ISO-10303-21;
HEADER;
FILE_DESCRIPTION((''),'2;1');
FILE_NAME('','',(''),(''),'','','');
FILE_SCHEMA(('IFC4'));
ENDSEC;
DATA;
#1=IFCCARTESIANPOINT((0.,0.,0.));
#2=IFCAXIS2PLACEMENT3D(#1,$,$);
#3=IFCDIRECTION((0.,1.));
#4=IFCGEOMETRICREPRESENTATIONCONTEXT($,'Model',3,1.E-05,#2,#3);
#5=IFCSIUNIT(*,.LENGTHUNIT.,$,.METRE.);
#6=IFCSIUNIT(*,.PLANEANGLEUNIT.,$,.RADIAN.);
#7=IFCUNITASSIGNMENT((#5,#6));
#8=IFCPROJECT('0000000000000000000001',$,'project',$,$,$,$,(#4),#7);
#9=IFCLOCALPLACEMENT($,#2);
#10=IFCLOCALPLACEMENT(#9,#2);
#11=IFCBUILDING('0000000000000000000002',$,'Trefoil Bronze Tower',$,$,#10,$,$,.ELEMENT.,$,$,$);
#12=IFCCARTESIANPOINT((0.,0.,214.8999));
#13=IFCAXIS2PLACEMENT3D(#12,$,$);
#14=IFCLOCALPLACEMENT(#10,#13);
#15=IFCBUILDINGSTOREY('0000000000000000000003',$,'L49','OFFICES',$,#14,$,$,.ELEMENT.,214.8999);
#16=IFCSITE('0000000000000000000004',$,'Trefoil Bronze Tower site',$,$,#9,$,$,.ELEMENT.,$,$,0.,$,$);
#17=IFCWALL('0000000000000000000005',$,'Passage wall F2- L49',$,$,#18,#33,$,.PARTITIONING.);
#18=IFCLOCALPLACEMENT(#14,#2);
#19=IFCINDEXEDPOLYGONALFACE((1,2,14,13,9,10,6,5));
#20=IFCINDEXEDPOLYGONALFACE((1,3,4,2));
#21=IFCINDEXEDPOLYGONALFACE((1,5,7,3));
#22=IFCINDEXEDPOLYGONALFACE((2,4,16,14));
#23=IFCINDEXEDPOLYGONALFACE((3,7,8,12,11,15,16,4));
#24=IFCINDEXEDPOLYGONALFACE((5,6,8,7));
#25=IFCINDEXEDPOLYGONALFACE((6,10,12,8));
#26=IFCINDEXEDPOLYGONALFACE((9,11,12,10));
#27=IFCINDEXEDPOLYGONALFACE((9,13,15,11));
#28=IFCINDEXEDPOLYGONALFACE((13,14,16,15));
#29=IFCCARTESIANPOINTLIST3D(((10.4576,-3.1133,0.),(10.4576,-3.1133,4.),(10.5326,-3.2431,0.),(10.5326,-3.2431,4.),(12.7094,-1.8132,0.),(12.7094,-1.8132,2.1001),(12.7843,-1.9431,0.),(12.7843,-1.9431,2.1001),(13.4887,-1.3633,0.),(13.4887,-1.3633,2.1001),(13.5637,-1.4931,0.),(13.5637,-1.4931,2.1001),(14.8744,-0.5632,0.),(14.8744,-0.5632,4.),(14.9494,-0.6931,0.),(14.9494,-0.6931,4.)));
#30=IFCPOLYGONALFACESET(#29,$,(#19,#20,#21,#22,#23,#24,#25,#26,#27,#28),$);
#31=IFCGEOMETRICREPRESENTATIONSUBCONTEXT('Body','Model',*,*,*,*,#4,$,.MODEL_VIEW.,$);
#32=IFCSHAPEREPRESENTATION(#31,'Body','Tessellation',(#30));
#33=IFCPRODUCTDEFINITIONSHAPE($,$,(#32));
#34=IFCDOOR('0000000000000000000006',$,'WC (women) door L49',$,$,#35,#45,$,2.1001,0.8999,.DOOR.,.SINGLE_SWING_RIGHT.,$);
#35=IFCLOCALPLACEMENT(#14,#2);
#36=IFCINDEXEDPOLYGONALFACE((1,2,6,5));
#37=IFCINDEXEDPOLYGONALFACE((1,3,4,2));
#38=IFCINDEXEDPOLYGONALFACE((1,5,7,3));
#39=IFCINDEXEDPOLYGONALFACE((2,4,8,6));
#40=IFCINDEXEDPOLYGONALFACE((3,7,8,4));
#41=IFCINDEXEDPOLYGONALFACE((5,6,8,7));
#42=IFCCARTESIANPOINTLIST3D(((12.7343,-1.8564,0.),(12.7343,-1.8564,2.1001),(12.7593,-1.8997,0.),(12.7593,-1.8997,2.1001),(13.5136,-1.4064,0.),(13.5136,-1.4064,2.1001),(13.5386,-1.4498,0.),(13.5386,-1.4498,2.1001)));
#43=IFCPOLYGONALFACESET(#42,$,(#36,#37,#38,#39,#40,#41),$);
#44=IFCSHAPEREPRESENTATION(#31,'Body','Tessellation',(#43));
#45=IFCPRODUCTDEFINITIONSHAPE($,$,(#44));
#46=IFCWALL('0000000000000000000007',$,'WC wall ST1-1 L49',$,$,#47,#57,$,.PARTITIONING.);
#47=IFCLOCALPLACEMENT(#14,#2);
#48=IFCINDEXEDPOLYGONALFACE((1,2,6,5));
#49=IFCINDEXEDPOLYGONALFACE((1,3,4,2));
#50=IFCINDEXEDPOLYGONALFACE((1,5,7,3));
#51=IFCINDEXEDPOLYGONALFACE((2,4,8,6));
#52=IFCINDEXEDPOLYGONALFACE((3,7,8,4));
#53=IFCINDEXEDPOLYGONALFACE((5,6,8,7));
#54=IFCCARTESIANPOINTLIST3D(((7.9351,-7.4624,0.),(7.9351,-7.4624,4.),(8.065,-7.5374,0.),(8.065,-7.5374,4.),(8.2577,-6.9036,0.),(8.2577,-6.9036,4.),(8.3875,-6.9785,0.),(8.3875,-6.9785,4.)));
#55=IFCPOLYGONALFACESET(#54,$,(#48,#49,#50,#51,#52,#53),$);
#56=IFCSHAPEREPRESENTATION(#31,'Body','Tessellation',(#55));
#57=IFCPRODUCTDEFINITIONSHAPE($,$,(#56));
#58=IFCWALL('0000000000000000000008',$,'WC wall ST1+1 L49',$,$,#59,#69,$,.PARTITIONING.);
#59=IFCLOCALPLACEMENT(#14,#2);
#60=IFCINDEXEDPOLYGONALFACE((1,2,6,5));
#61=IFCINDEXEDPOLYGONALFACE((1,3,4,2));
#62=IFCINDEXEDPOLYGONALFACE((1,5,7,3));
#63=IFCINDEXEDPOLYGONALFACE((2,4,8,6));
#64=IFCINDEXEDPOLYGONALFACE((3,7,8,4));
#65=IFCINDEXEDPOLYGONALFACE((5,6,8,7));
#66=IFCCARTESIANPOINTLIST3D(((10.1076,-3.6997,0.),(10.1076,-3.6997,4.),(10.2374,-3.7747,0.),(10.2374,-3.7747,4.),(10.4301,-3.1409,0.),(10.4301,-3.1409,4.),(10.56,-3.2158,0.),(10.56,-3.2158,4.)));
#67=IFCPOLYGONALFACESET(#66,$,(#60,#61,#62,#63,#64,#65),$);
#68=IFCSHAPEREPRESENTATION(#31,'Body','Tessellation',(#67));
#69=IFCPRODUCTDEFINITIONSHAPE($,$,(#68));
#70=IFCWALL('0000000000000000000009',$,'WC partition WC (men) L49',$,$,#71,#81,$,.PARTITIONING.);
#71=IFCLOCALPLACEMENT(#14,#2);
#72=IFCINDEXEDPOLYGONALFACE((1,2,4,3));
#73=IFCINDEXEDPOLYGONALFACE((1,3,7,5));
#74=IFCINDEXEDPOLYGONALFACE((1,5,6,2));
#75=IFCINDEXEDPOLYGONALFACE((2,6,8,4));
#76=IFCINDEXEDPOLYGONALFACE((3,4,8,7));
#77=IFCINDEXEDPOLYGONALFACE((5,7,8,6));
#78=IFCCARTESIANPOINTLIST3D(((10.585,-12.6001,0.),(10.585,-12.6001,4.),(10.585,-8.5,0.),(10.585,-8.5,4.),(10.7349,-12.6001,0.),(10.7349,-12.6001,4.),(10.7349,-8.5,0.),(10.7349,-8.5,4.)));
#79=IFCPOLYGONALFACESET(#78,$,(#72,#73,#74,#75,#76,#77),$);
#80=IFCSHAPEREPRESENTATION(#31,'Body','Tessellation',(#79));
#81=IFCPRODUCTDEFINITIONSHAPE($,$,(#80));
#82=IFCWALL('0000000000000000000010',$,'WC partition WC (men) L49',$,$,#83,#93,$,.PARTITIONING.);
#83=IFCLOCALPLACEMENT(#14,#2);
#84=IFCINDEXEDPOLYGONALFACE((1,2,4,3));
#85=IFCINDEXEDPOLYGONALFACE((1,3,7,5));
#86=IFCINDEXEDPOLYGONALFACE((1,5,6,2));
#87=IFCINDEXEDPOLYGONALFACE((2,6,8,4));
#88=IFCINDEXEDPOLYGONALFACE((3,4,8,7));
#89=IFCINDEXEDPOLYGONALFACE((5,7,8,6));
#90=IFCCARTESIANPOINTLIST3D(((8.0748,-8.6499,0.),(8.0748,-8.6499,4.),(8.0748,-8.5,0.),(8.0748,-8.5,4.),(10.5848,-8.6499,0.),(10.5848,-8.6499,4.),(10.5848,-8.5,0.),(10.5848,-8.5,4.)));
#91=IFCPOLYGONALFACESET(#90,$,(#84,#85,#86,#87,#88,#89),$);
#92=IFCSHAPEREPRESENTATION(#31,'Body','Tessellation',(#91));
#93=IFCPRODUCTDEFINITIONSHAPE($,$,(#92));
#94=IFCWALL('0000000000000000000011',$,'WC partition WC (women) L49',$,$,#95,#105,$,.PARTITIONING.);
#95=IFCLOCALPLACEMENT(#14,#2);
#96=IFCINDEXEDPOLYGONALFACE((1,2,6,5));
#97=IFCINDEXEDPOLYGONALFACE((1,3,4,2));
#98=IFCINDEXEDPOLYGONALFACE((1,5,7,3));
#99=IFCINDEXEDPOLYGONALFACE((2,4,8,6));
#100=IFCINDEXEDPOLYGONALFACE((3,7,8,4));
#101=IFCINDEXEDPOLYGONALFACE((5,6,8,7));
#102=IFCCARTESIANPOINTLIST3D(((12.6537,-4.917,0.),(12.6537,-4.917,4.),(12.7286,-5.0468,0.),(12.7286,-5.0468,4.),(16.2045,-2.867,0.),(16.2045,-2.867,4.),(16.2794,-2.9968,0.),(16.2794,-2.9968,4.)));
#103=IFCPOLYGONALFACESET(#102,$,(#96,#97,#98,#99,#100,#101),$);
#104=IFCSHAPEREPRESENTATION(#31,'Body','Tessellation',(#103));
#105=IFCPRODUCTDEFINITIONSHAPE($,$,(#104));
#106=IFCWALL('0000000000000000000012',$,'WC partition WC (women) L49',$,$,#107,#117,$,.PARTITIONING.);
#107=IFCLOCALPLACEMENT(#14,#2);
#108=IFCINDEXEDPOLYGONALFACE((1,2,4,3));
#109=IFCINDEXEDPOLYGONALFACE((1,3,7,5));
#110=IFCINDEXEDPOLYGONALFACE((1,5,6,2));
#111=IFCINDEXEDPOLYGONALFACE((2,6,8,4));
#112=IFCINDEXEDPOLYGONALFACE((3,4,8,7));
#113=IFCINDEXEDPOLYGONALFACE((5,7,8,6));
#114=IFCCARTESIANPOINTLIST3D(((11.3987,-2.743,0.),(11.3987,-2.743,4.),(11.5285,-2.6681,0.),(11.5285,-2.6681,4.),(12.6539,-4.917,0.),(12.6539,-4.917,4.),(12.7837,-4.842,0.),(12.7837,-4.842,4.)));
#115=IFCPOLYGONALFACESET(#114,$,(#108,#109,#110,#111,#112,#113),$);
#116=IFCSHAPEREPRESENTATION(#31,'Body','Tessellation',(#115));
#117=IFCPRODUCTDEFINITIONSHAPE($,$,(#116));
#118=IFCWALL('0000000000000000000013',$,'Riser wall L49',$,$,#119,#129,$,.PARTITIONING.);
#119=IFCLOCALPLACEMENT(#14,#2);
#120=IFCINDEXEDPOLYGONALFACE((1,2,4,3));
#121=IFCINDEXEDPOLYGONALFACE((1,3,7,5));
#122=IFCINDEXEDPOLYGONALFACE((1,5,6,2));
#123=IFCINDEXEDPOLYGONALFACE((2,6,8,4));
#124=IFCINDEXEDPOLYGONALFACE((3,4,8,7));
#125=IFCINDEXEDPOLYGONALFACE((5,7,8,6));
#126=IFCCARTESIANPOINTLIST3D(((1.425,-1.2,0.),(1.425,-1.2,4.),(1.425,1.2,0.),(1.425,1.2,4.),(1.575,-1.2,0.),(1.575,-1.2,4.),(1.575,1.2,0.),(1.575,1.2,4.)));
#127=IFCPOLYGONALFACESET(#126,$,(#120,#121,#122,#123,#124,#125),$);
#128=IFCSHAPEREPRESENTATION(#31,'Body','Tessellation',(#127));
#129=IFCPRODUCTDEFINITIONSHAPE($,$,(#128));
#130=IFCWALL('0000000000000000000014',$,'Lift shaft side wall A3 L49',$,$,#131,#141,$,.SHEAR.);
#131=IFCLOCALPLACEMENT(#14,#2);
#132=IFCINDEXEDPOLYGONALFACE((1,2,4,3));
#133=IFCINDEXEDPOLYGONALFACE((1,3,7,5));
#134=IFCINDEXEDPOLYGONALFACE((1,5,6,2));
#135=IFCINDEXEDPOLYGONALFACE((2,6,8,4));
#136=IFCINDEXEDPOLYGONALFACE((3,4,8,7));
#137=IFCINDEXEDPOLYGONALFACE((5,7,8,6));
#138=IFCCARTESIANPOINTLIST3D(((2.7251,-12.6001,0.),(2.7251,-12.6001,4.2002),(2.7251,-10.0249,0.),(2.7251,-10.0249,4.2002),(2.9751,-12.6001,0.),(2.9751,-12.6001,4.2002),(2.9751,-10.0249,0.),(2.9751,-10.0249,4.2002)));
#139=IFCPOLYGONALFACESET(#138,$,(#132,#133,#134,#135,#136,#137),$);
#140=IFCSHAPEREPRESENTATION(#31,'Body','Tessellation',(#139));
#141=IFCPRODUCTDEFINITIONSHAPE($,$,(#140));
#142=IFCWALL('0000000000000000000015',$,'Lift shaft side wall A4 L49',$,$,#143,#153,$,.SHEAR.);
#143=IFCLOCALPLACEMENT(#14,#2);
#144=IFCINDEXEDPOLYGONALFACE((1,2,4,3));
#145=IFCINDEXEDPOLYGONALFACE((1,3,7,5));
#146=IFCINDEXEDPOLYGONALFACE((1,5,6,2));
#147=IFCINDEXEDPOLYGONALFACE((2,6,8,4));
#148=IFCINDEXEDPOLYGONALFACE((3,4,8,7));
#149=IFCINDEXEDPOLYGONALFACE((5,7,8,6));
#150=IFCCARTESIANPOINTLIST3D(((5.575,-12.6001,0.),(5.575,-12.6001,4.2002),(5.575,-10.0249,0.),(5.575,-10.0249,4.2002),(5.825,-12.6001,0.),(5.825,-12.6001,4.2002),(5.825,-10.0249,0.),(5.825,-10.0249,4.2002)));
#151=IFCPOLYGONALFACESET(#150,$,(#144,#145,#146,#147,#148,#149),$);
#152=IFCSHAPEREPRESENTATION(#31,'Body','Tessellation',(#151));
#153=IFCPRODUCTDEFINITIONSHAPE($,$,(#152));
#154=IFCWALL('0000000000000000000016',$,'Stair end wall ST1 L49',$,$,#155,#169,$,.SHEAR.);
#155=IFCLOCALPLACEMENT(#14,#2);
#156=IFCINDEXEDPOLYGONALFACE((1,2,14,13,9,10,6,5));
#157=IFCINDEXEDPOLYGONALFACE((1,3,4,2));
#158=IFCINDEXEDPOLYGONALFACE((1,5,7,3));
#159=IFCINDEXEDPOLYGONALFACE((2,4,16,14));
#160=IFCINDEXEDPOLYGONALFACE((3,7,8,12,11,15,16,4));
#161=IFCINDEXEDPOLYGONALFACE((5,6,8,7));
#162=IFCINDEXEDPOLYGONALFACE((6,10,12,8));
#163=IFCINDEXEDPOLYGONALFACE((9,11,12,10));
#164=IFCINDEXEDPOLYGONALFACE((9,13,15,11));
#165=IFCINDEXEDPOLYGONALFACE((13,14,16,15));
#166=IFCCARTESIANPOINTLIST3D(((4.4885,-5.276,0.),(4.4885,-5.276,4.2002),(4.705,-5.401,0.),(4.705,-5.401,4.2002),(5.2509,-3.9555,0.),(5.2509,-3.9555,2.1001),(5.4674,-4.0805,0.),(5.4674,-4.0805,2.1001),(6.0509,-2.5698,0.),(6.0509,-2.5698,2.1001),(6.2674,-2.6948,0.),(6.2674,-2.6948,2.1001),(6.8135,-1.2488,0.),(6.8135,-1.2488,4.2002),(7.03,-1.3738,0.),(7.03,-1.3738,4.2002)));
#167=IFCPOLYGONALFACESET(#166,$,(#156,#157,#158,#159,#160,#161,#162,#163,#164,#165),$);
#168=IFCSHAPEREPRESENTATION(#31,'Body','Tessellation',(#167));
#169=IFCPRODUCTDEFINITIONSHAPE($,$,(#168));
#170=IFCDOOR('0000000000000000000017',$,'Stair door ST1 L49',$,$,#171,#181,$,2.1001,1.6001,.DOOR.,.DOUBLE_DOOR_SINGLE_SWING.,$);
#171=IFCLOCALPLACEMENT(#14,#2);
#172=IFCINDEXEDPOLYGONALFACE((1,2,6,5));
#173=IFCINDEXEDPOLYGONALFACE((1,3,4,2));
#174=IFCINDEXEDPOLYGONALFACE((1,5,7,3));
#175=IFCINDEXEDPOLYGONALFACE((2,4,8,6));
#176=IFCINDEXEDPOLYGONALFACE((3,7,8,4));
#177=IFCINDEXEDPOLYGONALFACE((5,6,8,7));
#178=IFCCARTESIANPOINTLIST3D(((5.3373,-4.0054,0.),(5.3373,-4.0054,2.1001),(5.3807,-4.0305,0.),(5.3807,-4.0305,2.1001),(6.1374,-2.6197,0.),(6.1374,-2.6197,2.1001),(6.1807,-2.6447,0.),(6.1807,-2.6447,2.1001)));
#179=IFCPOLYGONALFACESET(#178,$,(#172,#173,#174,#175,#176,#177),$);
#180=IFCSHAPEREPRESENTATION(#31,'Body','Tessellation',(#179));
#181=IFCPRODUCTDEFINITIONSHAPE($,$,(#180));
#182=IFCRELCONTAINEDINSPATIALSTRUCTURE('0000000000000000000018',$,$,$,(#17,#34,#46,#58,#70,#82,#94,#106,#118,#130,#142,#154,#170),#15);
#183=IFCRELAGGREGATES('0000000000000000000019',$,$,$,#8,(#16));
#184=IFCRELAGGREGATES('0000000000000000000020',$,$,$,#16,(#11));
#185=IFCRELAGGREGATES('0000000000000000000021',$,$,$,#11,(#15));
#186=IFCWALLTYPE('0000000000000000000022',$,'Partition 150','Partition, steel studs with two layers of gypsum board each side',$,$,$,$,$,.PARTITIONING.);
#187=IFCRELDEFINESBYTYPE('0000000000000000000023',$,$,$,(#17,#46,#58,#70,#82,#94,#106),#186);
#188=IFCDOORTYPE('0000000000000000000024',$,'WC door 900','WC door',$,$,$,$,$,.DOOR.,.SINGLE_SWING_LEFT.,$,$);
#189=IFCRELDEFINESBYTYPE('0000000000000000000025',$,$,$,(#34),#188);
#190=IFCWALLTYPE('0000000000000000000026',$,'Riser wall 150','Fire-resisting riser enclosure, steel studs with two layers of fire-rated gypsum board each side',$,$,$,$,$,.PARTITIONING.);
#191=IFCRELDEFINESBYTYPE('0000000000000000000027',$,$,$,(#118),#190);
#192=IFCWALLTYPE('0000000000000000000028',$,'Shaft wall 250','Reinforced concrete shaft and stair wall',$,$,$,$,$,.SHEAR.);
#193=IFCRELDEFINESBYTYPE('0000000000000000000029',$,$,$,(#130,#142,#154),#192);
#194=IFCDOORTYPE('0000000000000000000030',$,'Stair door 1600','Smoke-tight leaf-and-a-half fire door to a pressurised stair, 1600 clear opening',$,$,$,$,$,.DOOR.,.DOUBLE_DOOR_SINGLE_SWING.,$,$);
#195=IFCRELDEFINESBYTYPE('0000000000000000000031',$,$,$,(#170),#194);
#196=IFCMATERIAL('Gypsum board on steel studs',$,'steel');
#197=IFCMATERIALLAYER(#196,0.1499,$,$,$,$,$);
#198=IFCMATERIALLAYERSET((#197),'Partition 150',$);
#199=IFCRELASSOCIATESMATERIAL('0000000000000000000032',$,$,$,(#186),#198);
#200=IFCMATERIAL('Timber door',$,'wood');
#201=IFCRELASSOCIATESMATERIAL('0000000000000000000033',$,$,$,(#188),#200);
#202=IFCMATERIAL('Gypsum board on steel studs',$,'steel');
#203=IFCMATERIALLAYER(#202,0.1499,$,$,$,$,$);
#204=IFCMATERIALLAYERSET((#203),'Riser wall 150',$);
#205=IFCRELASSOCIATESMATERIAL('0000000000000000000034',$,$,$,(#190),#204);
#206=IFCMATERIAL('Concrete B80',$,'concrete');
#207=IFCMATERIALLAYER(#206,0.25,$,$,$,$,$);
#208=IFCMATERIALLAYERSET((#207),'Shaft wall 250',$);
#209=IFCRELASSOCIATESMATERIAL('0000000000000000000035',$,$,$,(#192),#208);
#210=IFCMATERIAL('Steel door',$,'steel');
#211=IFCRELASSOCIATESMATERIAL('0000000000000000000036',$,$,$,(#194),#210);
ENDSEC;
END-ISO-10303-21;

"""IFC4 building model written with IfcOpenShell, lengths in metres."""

from ifc_helpers import new_model, si_unit, direction, frame, frame_2d, origin, place, context, subcontext, project, spatial, rectangle, extrude, material, layer, layer_set, type_object, element, fill, save


model = new_model("IFC4")

# Units and contexts
model_context = context("Model", 3, precision=1e-05, world=origin(), true_north=direction((0.0, 1.0)))
body_context = subcontext(model_context, "Body", "Model", "MODEL_VIEW")
ifc_project = project(units=[si_unit("LENGTHUNIT", "METRE"), si_unit("PLANEANGLEUNIT", "RADIAN")], contexts=[model_context])

# Site, building, storey
site_placement = place(None, origin())
site = spatial("IfcSite", under=ifc_project, at=site_placement, Name="Trefoil Bronze Tower site", CompositionType="ELEMENT", RefElevation=0.0)
building_placement = place(site_placement, origin())
building = spatial("IfcBuilding", under=site, at=building_placement, Name="Trefoil Bronze Tower", CompositionType="ELEMENT")
storey_placement = place(building_placement, frame((0.0, 0.0, 214.8999)))
storey = spatial("IfcBuildingStorey", under=building, at=storey_placement, Name="L49", Description="OFFICES", CompositionType="ELEMENT", Elevation=214.8999)

# Wall, opening, door
ifc_material_1 = material(Name="Gypsum board on steel studs", Category="steel")
ifc_layer_1 = layer(ifc_material_1, 0.1499)
ifc_layer_set_1 = layer_set([ifc_layer_1], Name="Partition 150")
wall_type_1 = type_object("IfcWallType", Name="Partition 150", Description="Partition, steel studs with two layers of gypsum board each side", PredefinedType="PARTITIONING", material=ifc_layer_set_1)
ifc_material_2 = material(Name="Timber door", Category="wood")
door_type_1 = type_object("IfcDoorType", Name="WC door 900", Description="WC door", OperationType="SINGLE_SWING_LEFT", PredefinedType="DOOR", material=ifc_material_2)
wall_1_placement = place(storey_placement, frame((10.4951, -3.1782, 0.0), z_axis=(0.0, 0.0, 1.0), x_axis=(0.866022, 0.500006, 0.0)))
wall_1 = element("IfcWall", 1, at=wall_1_placement, inside=storey, type_object=wall_type_1, Name="Passage wall F2- L49", PredefinedType="PARTITIONING", context=body_context, shape_type="SweptSolid", body=[
    extrude(rectangle(XDim=5.1001, YDim=0.1499, at=frame_2d((2.55, 0.0))), origin(), (0.0, 0.0, 1.0), 4.0),
])
opening_1_placement = place(wall_1_placement, frame((2.6001, 0.0, 0.0)))
opening_1 = element("IfcOpeningElement", 2, at=opening_1_placement, cuts=wall_1, PredefinedType="OPENING", context=body_context, shape_type="SweptSolid", body=[
    extrude(rectangle(XDim=0.8999, YDim=2.1001, at=frame_2d((0.45, 1.05))), frame((0.0, 0.085, 0.0), z_axis=(0.0, -1.0, 0.0), x_axis=(1.0, 0.0, 0.0)), (0.0, 0.0, 1.0), 0.1699),
])
door_1_placement = place(opening_1_placement, frame((0.8999, 0.0, 0.0), z_axis=(0.0, 0.0, 1.0), x_axis=(-1.0, 0.0, 0.0)))
door_1 = element("IfcDoor", 3, at=door_1_placement, inside=storey, type_object=door_type_1, Name="WC (women) door L49", OperationType="SINGLE_SWING_RIGHT", OverallHeight=2.1001, OverallWidth=0.8999, PredefinedType="DOOR", context=body_context, shape_type="SweptSolid", body=[
    extrude(rectangle(XDim=0.8999, YDim=2.1001, at=frame_2d((0.45, 1.05))), frame((0.0, 0.0249, 0.0), z_axis=(0.0, -1.0, 0.0), x_axis=(1.0, 0.0, 0.0)), (0.0, 0.0, 1.0), 0.05),
])
fill(opening_1, door_1)

# Walls
for number, where, z_axis, x_axis, name in (
    (4, (8.0, -7.5, 0.0), (0.0, 0.0, 1.0), (0.499843, 0.866116, 0.0), "WC wall ST1-1 L49"),
    (5, (10.4951, -3.1782, 0.0), (0.0, 0.0, 1.0), (-0.499843, -0.866116, 0.0), "WC wall ST1+1 L49"),
):
    element("IfcWall", number, at=place(storey_placement, frame(where, z_axis=z_axis, x_axis=x_axis)), inside=storey, type_object=wall_type_1, Name=name, PredefinedType="PARTITIONING", context=body_context, shape_type="SweptSolid", body=[
        extrude(rectangle(XDim=0.6453, YDim=0.1499, at=frame_2d((0.3228, 0.0))), origin(), (0.0, 0.0, 1.0), 4.0),
    ])
wall_2_placement = place(storey_placement, frame((10.6599, -8.5, 0.0), z_axis=(0.0, 0.0, 1.0), x_axis=(0.0, -1.0, 0.0)))
element("IfcWall", 6, at=wall_2_placement, inside=storey, type_object=wall_type_1, Name="WC partition WC (men) L49", PredefinedType="PARTITIONING", context=body_context, shape_type="SweptSolid", body=[
    extrude(rectangle(XDim=4.1001, YDim=0.1499, at=frame_2d((2.05, 0.0))), origin(), (0.0, 0.0, 1.0), 4.0),
])
wall_3_placement = place(storey_placement, frame((8.075, -8.575, 0.0), z_axis=(0.0, 0.0, 1.0), x_axis=(1.0, 0.0, 0.0)))
element("IfcWall", 7, at=wall_3_placement, inside=storey, type_object=wall_type_1, Name="WC partition WC (men) L49", PredefinedType="PARTITIONING", context=body_context, shape_type="SweptSolid", body=[
    extrude(rectangle(XDim=2.51, YDim=0.1499, at=frame_2d((1.2549, 0.0))), origin(), (0.0, 0.0, 1.0), 4.0),
])
wall_4_placement = place(storey_placement, frame((12.6912, -4.9819, 0.0), z_axis=(0.0, 0.0, 1.0), x_axis=(0.866025, 0.500001, 0.0)))
element("IfcWall", 8, at=wall_4_placement, inside=storey, type_object=wall_type_1, Name="WC partition WC (women) L49", PredefinedType="PARTITIONING", context=body_context, shape_type="SweptSolid", body=[
    extrude(rectangle(XDim=4.1001, YDim=0.1499, at=frame_2d((2.05, 0.0))), origin(), (0.0, 0.0, 1.0), 4.0),
])
wall_5_placement = place(storey_placement, frame((11.4636, -2.7056, 0.0), z_axis=(0.0, 0.0, 1.0), x_axis=(0.50002, -0.866014, 0.0)))
element("IfcWall", 9, at=wall_5_placement, inside=storey, type_object=wall_type_1, Name="WC partition WC (women) L49", PredefinedType="PARTITIONING", context=body_context, shape_type="SweptSolid", body=[
    extrude(rectangle(XDim=2.5103, YDim=0.1499, at=frame_2d((1.2551, 0.0))), origin(), (0.0, 0.0, 1.0), 4.0),
])
ifc_material_3 = material(Name="Gypsum board on steel studs", Category="steel")
ifc_layer_2 = layer(ifc_material_3, 0.1499)
ifc_layer_set_2 = layer_set([ifc_layer_2], Name="Riser wall 150")
wall_type_2 = type_object("IfcWallType", Name="Riser wall 150", Description="Fire-resisting riser enclosure, steel studs with two layers of fire-rated gypsum board each side", PredefinedType="PARTITIONING", material=ifc_layer_set_2)
wall_6_placement = place(storey_placement, frame((1.5, -1.2, 0.0), z_axis=(0.0, 0.0, 1.0), x_axis=(0.0, 1.0, 0.0)))
element("IfcWall", 10, at=wall_6_placement, inside=storey, type_object=wall_type_2, Name="Riser wall L49", PredefinedType="PARTITIONING", context=body_context, shape_type="SweptSolid", body=[
    extrude(rectangle(XDim=2.3999, YDim=0.1499, at=frame_2d((1.2, 0.0))), origin(), (0.0, 0.0, 1.0), 4.0),
])
ifc_material_4 = material(Name="Concrete B80", Category="concrete")
ifc_layer_3 = layer(ifc_material_4, 0.25)
ifc_layer_set_3 = layer_set([ifc_layer_3], Name="Shaft wall 250")
wall_type_3 = type_object("IfcWallType", Name="Shaft wall 250", Description="Reinforced concrete shaft and stair wall", PredefinedType="SHEAR", material=ifc_layer_set_3)
for number, where, z_axis, x_axis, name in (
    (11, (2.8501, -10.0249, 0.0), (0.0, 0.0, 1.0), (0.0, -1.0, 0.0), "Lift shaft side wall A3 L49"),
    (12, (5.7, -10.0249, 0.0), (0.0, 0.0, 1.0), (0.0, -1.0, 0.0), "Lift shaft side wall A4 L49"),
):
    element("IfcWall", number, at=place(storey_placement, frame(where, z_axis=z_axis, x_axis=x_axis)), inside=storey, type_object=wall_type_3, Name=name, PredefinedType="SHEAR", context=body_context, shape_type="SweptSolid", body=[
        extrude(rectangle(XDim=2.5752, YDim=0.25, at=frame_2d((1.2876, 0.0))), origin(), (0.0, 0.0, 1.0), 4.2002),
    ])

# Wall, opening, door
wall_7_placement = place(storey_placement, frame((4.5967, -5.3386, 0.0), z_axis=(0.0, 0.0, 1.0), x_axis=(0.499985, 0.866034, 0.0)))
wall_7 = element("IfcWall", 13, at=wall_7_placement, inside=storey, type_object=wall_type_3, Name="Stair end wall ST1 L49", PredefinedType="SHEAR", context=body_context, shape_type="SweptSolid", body=[
    extrude(rectangle(XDim=4.6501, YDim=0.25, at=frame_2d((2.3252, 0.0))), origin(), (0.0, 0.0, 1.0), 4.2002),
])
opening_2_placement = place(wall_7_placement, frame((1.5249, 0.0, 0.0)))
opening_2 = element("IfcOpeningElement", 14, at=opening_2_placement, cuts=wall_7, PredefinedType="OPENING", context=body_context, shape_type="SweptSolid", body=[
    extrude(rectangle(XDim=1.6001, YDim=2.1001, at=frame_2d((0.8, 1.05))), frame((0.0, 0.135, 0.0), z_axis=(0.0, -1.0, 0.0), x_axis=(1.0, 0.0, 0.0)), (0.0, 0.0, 1.0), 0.27),
])
ifc_material_5 = material(Name="Steel door", Category="steel")
door_type_2 = type_object("IfcDoorType", Name="Stair door 1600", Description="Smoke-tight leaf-and-a-half fire door to a pressurised stair, 1600 clear opening", OperationType="DOUBLE_DOOR_SINGLE_SWING", PredefinedType="DOOR", material=ifc_material_5)
door_2_placement = place(opening_2_placement, frame((1.6001, 0.0, 0.0), z_axis=(0.0, 0.0, 1.0), x_axis=(-1.0, 0.0, 0.0)))
door_2 = element("IfcDoor", 15, at=door_2_placement, inside=storey, type_object=door_type_2, Name="Stair door ST1 L49", OperationType="DOUBLE_DOOR_SINGLE_SWING", OverallHeight=2.1001, OverallWidth=1.6001, PredefinedType="DOOR", context=body_context, shape_type="SweptSolid", body=[
    extrude(rectangle(XDim=1.6001, YDim=2.1001, at=frame_2d((0.8, 1.05))), frame((0.0, 0.0249, 0.0), z_axis=(0.0, -1.0, 0.0), x_axis=(1.0, 0.0, 0.0)), (0.0, 0.0, 1.0), 0.05),
])
fill(opening_2, door_2)

save(model, "model.ifc")
